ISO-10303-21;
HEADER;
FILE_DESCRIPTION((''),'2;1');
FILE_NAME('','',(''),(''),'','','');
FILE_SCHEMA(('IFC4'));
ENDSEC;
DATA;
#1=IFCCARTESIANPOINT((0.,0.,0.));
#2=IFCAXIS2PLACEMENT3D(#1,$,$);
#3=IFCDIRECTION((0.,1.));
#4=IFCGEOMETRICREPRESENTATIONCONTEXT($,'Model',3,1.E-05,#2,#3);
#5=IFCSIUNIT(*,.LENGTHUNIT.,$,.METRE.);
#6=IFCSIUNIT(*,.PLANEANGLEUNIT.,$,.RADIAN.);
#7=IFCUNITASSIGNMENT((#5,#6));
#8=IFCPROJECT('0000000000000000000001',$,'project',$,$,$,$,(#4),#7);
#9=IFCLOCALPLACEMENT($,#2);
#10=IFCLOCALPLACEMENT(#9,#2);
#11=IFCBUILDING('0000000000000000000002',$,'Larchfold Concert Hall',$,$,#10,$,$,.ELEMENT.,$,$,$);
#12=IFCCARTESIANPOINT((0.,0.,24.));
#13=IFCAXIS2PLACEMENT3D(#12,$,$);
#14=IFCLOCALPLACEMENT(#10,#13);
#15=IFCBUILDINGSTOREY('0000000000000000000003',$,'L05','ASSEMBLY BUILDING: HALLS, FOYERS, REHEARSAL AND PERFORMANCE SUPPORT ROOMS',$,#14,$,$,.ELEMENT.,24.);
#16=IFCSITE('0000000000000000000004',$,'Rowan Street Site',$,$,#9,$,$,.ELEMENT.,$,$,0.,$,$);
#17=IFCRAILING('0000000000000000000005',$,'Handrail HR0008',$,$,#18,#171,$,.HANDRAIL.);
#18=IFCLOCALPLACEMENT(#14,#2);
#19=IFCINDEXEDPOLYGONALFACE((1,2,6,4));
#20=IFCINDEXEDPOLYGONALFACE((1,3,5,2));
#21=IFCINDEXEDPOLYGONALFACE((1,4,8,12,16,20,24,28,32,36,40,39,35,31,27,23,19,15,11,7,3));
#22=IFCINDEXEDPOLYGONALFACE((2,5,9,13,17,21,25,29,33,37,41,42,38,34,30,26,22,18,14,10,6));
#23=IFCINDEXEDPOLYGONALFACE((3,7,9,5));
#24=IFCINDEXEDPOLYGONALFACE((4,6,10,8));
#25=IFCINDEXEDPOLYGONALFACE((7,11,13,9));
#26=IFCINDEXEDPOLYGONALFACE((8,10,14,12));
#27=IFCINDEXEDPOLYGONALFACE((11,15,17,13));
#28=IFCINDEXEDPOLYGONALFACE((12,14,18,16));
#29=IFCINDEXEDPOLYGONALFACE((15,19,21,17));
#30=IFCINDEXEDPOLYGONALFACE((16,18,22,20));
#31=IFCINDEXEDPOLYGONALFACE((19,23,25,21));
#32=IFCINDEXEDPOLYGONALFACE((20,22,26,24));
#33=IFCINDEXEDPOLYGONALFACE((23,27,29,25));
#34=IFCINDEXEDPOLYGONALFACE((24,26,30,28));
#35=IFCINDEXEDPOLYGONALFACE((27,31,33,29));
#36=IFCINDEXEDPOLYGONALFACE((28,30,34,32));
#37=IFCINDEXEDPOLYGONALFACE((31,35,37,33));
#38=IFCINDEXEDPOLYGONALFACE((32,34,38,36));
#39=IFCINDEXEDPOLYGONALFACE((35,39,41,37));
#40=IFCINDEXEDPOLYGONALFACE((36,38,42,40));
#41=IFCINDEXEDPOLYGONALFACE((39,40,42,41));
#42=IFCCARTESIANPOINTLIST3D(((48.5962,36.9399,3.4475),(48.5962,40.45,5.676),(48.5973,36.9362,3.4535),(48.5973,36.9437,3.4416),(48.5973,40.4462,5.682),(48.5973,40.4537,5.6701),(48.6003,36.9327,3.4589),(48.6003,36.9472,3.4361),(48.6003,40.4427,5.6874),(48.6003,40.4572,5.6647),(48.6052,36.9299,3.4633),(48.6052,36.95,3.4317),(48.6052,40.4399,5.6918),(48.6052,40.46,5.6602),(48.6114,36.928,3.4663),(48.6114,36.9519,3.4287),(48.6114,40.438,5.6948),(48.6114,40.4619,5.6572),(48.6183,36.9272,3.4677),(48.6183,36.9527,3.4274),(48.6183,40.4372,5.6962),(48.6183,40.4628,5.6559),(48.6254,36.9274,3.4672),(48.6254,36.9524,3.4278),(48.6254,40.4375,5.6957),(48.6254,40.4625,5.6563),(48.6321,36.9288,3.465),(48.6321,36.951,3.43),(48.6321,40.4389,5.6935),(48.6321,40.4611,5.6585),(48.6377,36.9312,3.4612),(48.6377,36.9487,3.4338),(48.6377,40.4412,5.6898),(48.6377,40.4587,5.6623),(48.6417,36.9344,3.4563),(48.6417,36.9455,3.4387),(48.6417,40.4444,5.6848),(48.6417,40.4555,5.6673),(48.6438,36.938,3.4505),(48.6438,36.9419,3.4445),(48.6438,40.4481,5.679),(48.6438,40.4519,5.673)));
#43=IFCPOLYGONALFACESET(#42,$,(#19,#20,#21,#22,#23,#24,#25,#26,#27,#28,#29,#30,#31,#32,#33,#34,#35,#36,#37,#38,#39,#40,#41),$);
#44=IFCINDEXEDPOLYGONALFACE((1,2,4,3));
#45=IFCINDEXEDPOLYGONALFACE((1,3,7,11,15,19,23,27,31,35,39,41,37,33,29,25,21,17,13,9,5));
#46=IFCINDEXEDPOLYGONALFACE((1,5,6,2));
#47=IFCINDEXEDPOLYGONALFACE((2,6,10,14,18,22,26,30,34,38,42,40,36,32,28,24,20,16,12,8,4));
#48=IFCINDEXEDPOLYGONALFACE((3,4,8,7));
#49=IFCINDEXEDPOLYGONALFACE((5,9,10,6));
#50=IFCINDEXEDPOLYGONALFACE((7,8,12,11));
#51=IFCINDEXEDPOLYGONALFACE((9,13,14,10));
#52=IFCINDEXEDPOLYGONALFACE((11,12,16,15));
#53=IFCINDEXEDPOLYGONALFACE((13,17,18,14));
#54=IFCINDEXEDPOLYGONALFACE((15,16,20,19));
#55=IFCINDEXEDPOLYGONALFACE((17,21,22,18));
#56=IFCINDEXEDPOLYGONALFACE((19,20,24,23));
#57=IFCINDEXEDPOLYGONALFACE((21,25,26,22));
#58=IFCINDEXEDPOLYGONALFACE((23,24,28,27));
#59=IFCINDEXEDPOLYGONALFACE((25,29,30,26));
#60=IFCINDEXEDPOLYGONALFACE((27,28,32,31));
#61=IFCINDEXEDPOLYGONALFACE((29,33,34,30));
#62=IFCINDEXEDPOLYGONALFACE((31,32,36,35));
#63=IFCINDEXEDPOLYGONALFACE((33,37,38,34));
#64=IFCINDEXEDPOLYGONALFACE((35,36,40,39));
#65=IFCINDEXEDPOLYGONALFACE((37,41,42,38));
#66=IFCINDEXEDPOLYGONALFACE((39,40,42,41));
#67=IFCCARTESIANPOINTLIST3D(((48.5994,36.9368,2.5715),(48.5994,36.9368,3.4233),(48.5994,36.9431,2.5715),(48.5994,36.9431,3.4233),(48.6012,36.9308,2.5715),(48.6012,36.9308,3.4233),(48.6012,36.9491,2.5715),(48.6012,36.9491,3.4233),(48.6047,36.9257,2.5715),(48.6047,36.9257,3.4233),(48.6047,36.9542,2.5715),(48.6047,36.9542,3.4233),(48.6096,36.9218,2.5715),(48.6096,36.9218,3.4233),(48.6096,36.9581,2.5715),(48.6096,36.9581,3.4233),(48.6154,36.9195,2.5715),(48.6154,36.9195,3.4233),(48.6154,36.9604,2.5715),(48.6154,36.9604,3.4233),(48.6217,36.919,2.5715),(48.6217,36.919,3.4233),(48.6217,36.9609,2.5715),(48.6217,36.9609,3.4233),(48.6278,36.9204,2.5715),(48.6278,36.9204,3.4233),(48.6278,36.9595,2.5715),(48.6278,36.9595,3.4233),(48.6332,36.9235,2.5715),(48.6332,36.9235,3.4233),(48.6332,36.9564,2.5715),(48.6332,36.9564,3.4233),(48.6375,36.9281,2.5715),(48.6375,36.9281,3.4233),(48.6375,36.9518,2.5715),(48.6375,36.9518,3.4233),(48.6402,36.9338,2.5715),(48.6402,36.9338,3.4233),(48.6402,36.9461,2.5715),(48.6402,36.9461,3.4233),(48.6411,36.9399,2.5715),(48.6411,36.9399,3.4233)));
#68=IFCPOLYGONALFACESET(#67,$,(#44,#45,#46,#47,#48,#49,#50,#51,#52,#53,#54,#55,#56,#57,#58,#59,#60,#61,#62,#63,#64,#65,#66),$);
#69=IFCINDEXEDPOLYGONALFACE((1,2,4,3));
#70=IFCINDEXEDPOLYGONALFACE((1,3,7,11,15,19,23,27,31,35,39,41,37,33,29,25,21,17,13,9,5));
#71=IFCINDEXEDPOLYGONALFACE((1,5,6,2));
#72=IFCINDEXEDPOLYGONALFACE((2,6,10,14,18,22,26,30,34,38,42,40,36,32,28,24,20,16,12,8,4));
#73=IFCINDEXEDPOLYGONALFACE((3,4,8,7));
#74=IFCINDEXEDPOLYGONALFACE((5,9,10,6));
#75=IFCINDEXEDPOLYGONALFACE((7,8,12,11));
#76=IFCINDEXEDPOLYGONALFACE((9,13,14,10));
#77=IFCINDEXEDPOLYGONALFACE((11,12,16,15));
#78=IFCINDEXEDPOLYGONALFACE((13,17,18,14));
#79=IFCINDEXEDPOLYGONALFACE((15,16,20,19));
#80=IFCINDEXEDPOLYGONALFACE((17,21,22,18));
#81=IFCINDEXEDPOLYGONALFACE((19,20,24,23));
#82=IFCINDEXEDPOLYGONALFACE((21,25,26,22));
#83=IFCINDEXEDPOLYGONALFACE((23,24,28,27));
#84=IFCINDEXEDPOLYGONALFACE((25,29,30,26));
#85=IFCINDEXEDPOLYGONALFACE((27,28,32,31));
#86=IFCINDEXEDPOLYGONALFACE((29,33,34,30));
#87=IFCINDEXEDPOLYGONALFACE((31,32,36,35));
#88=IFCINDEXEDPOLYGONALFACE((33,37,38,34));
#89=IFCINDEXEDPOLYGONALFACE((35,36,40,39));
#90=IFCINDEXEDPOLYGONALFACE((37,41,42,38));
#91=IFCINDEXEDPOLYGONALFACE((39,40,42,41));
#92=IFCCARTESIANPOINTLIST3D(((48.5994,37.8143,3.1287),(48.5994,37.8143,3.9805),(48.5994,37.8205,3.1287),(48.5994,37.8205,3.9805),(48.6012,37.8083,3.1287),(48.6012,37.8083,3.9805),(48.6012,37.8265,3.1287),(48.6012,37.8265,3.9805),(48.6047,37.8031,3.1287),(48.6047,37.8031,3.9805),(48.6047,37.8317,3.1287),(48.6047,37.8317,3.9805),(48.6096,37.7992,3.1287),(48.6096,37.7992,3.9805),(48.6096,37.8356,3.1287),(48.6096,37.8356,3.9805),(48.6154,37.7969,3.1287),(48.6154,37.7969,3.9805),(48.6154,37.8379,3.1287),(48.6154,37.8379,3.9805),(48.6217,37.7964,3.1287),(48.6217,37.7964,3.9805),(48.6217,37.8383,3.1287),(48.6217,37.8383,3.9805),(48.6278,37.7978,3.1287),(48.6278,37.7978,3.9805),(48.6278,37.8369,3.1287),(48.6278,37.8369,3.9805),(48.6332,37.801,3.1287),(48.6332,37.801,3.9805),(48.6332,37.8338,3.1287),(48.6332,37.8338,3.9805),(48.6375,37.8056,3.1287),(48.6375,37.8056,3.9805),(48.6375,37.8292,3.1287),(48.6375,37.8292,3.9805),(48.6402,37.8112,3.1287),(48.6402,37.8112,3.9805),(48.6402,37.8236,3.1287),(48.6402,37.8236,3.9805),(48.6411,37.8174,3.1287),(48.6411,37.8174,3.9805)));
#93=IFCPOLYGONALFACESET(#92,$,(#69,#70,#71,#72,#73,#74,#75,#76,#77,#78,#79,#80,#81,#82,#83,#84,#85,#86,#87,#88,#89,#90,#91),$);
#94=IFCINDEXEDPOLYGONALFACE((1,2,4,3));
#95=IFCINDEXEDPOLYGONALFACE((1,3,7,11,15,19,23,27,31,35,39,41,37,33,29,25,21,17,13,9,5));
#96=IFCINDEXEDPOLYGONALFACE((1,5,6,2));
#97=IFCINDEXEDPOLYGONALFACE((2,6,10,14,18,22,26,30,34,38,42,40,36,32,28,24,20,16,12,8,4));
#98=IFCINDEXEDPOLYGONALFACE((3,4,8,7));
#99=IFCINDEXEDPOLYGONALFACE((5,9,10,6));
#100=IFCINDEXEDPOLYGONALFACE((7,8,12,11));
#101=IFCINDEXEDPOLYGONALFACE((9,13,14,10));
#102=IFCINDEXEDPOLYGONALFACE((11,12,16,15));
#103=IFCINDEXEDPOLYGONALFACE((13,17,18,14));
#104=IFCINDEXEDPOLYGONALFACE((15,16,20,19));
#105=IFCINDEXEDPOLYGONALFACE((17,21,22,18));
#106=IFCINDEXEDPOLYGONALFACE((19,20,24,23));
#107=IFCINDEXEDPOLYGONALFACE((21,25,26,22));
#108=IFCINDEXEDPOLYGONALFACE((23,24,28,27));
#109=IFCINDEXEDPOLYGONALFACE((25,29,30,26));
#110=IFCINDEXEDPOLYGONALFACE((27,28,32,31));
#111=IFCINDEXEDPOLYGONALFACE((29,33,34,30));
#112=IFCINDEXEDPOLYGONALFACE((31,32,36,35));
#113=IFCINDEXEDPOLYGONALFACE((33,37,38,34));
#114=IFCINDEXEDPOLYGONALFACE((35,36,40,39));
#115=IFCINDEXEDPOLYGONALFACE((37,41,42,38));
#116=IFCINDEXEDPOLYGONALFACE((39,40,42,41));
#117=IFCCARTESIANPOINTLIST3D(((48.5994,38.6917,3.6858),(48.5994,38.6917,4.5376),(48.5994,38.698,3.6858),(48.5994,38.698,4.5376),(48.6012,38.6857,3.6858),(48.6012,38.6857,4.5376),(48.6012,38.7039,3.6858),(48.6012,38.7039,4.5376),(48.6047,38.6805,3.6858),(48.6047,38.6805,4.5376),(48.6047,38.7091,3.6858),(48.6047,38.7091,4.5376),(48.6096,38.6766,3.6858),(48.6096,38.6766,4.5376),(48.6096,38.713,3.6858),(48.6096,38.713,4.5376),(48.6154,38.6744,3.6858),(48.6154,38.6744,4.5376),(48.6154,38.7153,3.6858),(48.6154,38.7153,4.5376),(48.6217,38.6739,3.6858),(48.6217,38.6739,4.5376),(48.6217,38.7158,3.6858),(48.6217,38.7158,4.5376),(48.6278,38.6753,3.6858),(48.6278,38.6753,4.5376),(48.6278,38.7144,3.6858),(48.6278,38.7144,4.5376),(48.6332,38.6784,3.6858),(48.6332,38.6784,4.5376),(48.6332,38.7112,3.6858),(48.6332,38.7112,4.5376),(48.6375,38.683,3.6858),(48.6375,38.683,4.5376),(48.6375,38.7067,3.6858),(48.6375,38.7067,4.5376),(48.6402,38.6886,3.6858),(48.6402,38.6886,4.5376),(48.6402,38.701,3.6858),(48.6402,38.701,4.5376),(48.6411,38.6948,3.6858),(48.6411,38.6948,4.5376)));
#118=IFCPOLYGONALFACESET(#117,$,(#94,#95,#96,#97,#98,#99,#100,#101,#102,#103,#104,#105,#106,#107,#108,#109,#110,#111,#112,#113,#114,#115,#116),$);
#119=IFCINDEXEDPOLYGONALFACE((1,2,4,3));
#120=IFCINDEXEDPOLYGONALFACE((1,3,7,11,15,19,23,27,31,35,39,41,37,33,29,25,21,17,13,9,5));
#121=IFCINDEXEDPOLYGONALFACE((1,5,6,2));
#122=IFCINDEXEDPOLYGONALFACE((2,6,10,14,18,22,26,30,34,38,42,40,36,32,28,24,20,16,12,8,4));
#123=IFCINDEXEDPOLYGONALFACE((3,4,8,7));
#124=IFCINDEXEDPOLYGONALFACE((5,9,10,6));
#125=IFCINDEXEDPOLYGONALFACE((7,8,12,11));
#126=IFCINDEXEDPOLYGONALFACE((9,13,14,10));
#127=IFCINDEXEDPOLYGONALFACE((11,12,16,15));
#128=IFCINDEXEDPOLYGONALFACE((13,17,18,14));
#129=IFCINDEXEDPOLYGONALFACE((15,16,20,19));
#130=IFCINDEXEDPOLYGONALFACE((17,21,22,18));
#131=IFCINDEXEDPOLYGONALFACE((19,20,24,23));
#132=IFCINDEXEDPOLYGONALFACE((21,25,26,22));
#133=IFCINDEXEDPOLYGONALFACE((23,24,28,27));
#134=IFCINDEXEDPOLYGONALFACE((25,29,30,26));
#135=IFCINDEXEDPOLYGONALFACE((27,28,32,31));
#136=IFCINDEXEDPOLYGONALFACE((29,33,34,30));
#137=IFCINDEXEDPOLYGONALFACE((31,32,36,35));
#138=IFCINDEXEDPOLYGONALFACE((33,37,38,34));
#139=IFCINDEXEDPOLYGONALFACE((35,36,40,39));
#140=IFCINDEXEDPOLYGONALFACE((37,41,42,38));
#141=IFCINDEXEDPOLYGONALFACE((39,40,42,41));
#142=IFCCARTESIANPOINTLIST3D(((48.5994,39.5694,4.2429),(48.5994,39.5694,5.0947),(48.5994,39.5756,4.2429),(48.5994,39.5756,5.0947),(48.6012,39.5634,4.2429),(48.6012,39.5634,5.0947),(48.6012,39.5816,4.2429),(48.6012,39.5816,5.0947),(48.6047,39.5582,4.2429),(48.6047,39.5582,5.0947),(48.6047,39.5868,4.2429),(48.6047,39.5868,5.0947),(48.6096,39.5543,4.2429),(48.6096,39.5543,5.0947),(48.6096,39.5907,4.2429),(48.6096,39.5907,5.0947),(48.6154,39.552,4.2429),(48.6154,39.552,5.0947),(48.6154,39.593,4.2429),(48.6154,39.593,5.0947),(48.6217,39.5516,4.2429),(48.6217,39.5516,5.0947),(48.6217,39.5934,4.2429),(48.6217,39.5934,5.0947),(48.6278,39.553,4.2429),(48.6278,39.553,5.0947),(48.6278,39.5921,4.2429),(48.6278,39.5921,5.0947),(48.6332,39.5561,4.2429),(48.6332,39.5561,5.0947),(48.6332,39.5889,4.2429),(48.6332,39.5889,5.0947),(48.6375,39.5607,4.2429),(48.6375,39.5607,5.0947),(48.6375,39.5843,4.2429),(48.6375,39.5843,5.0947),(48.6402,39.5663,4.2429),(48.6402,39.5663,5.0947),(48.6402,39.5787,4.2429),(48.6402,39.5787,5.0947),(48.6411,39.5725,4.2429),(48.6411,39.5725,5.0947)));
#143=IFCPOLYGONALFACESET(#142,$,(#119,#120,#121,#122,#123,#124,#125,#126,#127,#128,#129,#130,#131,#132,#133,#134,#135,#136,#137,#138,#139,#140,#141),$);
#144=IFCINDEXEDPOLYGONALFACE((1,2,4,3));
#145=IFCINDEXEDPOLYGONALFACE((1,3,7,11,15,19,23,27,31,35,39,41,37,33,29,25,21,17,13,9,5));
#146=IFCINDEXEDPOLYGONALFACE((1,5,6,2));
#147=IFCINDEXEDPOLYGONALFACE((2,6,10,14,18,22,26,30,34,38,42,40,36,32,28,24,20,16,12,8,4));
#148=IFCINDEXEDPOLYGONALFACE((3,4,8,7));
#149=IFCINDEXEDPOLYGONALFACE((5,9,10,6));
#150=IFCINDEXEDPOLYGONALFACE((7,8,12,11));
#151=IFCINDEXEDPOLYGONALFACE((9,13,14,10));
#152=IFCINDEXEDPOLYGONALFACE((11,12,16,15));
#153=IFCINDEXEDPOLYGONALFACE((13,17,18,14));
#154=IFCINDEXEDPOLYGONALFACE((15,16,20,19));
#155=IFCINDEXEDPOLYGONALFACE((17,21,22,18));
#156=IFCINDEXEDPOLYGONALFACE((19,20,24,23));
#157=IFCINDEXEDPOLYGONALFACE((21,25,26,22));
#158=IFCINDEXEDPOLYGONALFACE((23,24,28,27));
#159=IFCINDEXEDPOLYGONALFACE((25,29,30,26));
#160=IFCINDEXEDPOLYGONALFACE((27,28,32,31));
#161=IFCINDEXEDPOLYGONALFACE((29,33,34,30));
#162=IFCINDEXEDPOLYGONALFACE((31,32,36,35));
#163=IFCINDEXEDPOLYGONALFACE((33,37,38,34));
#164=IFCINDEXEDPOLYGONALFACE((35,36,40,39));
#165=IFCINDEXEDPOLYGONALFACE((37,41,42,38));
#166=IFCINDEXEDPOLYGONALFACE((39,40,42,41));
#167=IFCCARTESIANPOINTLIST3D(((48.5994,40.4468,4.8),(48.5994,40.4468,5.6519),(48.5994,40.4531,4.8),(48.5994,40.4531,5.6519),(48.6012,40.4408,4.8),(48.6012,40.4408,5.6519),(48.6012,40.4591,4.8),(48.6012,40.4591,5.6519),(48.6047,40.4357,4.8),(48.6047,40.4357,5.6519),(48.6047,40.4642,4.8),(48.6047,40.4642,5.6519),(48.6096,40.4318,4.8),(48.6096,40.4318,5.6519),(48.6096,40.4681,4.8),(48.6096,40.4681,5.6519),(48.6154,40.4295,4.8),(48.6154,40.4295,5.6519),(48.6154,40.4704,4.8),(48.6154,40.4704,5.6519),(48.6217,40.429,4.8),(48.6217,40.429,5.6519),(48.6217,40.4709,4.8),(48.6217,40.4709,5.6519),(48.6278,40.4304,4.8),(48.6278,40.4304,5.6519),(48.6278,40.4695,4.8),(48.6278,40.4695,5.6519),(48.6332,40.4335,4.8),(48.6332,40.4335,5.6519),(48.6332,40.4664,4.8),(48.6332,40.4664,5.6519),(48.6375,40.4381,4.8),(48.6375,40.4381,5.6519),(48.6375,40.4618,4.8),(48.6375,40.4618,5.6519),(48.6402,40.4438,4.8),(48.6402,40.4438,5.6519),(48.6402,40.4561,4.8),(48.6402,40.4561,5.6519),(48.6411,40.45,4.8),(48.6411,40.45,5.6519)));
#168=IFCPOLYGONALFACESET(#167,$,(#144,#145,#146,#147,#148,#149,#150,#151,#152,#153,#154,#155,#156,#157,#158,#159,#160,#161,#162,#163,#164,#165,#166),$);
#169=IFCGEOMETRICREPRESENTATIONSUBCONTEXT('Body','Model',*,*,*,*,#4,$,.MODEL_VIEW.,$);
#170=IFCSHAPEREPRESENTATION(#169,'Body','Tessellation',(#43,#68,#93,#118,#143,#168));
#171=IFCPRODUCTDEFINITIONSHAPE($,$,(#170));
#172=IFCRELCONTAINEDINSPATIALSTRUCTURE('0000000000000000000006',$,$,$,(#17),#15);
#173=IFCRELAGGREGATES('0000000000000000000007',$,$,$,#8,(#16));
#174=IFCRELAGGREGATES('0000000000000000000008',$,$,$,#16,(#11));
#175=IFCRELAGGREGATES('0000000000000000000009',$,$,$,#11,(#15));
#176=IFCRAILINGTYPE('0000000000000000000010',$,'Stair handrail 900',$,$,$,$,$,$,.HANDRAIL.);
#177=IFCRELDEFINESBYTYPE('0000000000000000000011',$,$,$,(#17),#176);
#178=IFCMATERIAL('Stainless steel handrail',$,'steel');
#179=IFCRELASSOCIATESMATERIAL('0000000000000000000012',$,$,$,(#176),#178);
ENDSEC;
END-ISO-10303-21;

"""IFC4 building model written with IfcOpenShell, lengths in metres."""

from ifc_helpers import new_model, si_unit, direction, frame, origin, origin_2d, place, context, subcontext, project, spatial, circle, extrude, material, type_object, element, save


model = new_model("IFC4")

# Units and contexts
model_context = context("Model", 3, precision=1e-05, world=origin(), true_north=direction((0.0, 1.0)))
body_context = subcontext(model_context, "Body", "Model", "MODEL_VIEW")
ifc_project = project(units=[si_unit("LENGTHUNIT", "METRE"), si_unit("PLANEANGLEUNIT", "RADIAN")], contexts=[model_context])

# Site, building, storey
site_placement = place(None, origin())
site = spatial("IfcSite", under=ifc_project, at=site_placement, Name="Rowan Street Site", CompositionType="ELEMENT", RefElevation=0.0)
building_placement = place(site_placement, origin())
building = spatial("IfcBuilding", under=site, at=building_placement, Name="Larchfold Concert Hall", CompositionType="ELEMENT")
storey_placement = place(building_placement, frame((0.0, 0.0, 24.0)))
storey = spatial("IfcBuildingStorey", under=building, at=storey_placement, Name="L05", Description="ASSEMBLY BUILDING: HALLS, FOYERS, REHEARSAL AND PERFORMANCE SUPPORT ROOMS", CompositionType="ELEMENT", Elevation=24.0)

# Railing
ifc_material_1 = material(Name="Stainless steel handrail", Category="steel")
railing_type_1 = type_object("IfcRailingType", Name="Stair handrail 900", PredefinedType="HANDRAIL", material=ifc_material_1)
for number, where, name in (
    (1, (48.6201, 36.9399, 2.5715), "Handrail HR0008"),
):
    element("IfcRailing", number, at=place(storey_placement, frame(where)), inside=storey, type_object=railing_type_1, Name=name, PredefinedType="HANDRAIL", context=body_context, shape_type="SweptSolid", body=[
        extrude(circle(Radius=0.0239, at=origin_2d()), frame((0.0, 0.0, 0.876), z_axis=(0.0, 0.84422, 0.535998), x_axis=(-1.0, 0.0, 0.0)), (0.0, 0.0, 1.0), 4.1577),
        extrude(circle(Radius=0.021, at=origin_2d()), origin(), (0.0, 0.0, 1.0), 0.8518),
        extrude(circle(Radius=0.021, at=origin_2d()), frame((0.0, 0.8774, 0.5571)), (0.0, 0.0, 1.0), 0.8518),
        extrude(circle(Radius=0.021, at=origin_2d()), frame((0.0, 1.7549, 1.1143)), (0.0, 0.0, 1.0), 0.8518),
        extrude(circle(Radius=0.021, at=origin_2d()), frame((0.0, 2.6326, 1.6714)), (0.0, 0.0, 1.0), 0.8518),
        extrude(circle(Radius=0.021, at=origin_2d()), frame((0.0, 3.51, 2.2285)), (0.0, 0.0, 1.0), 0.8518),
    ])

save(model, "model.ifc")
